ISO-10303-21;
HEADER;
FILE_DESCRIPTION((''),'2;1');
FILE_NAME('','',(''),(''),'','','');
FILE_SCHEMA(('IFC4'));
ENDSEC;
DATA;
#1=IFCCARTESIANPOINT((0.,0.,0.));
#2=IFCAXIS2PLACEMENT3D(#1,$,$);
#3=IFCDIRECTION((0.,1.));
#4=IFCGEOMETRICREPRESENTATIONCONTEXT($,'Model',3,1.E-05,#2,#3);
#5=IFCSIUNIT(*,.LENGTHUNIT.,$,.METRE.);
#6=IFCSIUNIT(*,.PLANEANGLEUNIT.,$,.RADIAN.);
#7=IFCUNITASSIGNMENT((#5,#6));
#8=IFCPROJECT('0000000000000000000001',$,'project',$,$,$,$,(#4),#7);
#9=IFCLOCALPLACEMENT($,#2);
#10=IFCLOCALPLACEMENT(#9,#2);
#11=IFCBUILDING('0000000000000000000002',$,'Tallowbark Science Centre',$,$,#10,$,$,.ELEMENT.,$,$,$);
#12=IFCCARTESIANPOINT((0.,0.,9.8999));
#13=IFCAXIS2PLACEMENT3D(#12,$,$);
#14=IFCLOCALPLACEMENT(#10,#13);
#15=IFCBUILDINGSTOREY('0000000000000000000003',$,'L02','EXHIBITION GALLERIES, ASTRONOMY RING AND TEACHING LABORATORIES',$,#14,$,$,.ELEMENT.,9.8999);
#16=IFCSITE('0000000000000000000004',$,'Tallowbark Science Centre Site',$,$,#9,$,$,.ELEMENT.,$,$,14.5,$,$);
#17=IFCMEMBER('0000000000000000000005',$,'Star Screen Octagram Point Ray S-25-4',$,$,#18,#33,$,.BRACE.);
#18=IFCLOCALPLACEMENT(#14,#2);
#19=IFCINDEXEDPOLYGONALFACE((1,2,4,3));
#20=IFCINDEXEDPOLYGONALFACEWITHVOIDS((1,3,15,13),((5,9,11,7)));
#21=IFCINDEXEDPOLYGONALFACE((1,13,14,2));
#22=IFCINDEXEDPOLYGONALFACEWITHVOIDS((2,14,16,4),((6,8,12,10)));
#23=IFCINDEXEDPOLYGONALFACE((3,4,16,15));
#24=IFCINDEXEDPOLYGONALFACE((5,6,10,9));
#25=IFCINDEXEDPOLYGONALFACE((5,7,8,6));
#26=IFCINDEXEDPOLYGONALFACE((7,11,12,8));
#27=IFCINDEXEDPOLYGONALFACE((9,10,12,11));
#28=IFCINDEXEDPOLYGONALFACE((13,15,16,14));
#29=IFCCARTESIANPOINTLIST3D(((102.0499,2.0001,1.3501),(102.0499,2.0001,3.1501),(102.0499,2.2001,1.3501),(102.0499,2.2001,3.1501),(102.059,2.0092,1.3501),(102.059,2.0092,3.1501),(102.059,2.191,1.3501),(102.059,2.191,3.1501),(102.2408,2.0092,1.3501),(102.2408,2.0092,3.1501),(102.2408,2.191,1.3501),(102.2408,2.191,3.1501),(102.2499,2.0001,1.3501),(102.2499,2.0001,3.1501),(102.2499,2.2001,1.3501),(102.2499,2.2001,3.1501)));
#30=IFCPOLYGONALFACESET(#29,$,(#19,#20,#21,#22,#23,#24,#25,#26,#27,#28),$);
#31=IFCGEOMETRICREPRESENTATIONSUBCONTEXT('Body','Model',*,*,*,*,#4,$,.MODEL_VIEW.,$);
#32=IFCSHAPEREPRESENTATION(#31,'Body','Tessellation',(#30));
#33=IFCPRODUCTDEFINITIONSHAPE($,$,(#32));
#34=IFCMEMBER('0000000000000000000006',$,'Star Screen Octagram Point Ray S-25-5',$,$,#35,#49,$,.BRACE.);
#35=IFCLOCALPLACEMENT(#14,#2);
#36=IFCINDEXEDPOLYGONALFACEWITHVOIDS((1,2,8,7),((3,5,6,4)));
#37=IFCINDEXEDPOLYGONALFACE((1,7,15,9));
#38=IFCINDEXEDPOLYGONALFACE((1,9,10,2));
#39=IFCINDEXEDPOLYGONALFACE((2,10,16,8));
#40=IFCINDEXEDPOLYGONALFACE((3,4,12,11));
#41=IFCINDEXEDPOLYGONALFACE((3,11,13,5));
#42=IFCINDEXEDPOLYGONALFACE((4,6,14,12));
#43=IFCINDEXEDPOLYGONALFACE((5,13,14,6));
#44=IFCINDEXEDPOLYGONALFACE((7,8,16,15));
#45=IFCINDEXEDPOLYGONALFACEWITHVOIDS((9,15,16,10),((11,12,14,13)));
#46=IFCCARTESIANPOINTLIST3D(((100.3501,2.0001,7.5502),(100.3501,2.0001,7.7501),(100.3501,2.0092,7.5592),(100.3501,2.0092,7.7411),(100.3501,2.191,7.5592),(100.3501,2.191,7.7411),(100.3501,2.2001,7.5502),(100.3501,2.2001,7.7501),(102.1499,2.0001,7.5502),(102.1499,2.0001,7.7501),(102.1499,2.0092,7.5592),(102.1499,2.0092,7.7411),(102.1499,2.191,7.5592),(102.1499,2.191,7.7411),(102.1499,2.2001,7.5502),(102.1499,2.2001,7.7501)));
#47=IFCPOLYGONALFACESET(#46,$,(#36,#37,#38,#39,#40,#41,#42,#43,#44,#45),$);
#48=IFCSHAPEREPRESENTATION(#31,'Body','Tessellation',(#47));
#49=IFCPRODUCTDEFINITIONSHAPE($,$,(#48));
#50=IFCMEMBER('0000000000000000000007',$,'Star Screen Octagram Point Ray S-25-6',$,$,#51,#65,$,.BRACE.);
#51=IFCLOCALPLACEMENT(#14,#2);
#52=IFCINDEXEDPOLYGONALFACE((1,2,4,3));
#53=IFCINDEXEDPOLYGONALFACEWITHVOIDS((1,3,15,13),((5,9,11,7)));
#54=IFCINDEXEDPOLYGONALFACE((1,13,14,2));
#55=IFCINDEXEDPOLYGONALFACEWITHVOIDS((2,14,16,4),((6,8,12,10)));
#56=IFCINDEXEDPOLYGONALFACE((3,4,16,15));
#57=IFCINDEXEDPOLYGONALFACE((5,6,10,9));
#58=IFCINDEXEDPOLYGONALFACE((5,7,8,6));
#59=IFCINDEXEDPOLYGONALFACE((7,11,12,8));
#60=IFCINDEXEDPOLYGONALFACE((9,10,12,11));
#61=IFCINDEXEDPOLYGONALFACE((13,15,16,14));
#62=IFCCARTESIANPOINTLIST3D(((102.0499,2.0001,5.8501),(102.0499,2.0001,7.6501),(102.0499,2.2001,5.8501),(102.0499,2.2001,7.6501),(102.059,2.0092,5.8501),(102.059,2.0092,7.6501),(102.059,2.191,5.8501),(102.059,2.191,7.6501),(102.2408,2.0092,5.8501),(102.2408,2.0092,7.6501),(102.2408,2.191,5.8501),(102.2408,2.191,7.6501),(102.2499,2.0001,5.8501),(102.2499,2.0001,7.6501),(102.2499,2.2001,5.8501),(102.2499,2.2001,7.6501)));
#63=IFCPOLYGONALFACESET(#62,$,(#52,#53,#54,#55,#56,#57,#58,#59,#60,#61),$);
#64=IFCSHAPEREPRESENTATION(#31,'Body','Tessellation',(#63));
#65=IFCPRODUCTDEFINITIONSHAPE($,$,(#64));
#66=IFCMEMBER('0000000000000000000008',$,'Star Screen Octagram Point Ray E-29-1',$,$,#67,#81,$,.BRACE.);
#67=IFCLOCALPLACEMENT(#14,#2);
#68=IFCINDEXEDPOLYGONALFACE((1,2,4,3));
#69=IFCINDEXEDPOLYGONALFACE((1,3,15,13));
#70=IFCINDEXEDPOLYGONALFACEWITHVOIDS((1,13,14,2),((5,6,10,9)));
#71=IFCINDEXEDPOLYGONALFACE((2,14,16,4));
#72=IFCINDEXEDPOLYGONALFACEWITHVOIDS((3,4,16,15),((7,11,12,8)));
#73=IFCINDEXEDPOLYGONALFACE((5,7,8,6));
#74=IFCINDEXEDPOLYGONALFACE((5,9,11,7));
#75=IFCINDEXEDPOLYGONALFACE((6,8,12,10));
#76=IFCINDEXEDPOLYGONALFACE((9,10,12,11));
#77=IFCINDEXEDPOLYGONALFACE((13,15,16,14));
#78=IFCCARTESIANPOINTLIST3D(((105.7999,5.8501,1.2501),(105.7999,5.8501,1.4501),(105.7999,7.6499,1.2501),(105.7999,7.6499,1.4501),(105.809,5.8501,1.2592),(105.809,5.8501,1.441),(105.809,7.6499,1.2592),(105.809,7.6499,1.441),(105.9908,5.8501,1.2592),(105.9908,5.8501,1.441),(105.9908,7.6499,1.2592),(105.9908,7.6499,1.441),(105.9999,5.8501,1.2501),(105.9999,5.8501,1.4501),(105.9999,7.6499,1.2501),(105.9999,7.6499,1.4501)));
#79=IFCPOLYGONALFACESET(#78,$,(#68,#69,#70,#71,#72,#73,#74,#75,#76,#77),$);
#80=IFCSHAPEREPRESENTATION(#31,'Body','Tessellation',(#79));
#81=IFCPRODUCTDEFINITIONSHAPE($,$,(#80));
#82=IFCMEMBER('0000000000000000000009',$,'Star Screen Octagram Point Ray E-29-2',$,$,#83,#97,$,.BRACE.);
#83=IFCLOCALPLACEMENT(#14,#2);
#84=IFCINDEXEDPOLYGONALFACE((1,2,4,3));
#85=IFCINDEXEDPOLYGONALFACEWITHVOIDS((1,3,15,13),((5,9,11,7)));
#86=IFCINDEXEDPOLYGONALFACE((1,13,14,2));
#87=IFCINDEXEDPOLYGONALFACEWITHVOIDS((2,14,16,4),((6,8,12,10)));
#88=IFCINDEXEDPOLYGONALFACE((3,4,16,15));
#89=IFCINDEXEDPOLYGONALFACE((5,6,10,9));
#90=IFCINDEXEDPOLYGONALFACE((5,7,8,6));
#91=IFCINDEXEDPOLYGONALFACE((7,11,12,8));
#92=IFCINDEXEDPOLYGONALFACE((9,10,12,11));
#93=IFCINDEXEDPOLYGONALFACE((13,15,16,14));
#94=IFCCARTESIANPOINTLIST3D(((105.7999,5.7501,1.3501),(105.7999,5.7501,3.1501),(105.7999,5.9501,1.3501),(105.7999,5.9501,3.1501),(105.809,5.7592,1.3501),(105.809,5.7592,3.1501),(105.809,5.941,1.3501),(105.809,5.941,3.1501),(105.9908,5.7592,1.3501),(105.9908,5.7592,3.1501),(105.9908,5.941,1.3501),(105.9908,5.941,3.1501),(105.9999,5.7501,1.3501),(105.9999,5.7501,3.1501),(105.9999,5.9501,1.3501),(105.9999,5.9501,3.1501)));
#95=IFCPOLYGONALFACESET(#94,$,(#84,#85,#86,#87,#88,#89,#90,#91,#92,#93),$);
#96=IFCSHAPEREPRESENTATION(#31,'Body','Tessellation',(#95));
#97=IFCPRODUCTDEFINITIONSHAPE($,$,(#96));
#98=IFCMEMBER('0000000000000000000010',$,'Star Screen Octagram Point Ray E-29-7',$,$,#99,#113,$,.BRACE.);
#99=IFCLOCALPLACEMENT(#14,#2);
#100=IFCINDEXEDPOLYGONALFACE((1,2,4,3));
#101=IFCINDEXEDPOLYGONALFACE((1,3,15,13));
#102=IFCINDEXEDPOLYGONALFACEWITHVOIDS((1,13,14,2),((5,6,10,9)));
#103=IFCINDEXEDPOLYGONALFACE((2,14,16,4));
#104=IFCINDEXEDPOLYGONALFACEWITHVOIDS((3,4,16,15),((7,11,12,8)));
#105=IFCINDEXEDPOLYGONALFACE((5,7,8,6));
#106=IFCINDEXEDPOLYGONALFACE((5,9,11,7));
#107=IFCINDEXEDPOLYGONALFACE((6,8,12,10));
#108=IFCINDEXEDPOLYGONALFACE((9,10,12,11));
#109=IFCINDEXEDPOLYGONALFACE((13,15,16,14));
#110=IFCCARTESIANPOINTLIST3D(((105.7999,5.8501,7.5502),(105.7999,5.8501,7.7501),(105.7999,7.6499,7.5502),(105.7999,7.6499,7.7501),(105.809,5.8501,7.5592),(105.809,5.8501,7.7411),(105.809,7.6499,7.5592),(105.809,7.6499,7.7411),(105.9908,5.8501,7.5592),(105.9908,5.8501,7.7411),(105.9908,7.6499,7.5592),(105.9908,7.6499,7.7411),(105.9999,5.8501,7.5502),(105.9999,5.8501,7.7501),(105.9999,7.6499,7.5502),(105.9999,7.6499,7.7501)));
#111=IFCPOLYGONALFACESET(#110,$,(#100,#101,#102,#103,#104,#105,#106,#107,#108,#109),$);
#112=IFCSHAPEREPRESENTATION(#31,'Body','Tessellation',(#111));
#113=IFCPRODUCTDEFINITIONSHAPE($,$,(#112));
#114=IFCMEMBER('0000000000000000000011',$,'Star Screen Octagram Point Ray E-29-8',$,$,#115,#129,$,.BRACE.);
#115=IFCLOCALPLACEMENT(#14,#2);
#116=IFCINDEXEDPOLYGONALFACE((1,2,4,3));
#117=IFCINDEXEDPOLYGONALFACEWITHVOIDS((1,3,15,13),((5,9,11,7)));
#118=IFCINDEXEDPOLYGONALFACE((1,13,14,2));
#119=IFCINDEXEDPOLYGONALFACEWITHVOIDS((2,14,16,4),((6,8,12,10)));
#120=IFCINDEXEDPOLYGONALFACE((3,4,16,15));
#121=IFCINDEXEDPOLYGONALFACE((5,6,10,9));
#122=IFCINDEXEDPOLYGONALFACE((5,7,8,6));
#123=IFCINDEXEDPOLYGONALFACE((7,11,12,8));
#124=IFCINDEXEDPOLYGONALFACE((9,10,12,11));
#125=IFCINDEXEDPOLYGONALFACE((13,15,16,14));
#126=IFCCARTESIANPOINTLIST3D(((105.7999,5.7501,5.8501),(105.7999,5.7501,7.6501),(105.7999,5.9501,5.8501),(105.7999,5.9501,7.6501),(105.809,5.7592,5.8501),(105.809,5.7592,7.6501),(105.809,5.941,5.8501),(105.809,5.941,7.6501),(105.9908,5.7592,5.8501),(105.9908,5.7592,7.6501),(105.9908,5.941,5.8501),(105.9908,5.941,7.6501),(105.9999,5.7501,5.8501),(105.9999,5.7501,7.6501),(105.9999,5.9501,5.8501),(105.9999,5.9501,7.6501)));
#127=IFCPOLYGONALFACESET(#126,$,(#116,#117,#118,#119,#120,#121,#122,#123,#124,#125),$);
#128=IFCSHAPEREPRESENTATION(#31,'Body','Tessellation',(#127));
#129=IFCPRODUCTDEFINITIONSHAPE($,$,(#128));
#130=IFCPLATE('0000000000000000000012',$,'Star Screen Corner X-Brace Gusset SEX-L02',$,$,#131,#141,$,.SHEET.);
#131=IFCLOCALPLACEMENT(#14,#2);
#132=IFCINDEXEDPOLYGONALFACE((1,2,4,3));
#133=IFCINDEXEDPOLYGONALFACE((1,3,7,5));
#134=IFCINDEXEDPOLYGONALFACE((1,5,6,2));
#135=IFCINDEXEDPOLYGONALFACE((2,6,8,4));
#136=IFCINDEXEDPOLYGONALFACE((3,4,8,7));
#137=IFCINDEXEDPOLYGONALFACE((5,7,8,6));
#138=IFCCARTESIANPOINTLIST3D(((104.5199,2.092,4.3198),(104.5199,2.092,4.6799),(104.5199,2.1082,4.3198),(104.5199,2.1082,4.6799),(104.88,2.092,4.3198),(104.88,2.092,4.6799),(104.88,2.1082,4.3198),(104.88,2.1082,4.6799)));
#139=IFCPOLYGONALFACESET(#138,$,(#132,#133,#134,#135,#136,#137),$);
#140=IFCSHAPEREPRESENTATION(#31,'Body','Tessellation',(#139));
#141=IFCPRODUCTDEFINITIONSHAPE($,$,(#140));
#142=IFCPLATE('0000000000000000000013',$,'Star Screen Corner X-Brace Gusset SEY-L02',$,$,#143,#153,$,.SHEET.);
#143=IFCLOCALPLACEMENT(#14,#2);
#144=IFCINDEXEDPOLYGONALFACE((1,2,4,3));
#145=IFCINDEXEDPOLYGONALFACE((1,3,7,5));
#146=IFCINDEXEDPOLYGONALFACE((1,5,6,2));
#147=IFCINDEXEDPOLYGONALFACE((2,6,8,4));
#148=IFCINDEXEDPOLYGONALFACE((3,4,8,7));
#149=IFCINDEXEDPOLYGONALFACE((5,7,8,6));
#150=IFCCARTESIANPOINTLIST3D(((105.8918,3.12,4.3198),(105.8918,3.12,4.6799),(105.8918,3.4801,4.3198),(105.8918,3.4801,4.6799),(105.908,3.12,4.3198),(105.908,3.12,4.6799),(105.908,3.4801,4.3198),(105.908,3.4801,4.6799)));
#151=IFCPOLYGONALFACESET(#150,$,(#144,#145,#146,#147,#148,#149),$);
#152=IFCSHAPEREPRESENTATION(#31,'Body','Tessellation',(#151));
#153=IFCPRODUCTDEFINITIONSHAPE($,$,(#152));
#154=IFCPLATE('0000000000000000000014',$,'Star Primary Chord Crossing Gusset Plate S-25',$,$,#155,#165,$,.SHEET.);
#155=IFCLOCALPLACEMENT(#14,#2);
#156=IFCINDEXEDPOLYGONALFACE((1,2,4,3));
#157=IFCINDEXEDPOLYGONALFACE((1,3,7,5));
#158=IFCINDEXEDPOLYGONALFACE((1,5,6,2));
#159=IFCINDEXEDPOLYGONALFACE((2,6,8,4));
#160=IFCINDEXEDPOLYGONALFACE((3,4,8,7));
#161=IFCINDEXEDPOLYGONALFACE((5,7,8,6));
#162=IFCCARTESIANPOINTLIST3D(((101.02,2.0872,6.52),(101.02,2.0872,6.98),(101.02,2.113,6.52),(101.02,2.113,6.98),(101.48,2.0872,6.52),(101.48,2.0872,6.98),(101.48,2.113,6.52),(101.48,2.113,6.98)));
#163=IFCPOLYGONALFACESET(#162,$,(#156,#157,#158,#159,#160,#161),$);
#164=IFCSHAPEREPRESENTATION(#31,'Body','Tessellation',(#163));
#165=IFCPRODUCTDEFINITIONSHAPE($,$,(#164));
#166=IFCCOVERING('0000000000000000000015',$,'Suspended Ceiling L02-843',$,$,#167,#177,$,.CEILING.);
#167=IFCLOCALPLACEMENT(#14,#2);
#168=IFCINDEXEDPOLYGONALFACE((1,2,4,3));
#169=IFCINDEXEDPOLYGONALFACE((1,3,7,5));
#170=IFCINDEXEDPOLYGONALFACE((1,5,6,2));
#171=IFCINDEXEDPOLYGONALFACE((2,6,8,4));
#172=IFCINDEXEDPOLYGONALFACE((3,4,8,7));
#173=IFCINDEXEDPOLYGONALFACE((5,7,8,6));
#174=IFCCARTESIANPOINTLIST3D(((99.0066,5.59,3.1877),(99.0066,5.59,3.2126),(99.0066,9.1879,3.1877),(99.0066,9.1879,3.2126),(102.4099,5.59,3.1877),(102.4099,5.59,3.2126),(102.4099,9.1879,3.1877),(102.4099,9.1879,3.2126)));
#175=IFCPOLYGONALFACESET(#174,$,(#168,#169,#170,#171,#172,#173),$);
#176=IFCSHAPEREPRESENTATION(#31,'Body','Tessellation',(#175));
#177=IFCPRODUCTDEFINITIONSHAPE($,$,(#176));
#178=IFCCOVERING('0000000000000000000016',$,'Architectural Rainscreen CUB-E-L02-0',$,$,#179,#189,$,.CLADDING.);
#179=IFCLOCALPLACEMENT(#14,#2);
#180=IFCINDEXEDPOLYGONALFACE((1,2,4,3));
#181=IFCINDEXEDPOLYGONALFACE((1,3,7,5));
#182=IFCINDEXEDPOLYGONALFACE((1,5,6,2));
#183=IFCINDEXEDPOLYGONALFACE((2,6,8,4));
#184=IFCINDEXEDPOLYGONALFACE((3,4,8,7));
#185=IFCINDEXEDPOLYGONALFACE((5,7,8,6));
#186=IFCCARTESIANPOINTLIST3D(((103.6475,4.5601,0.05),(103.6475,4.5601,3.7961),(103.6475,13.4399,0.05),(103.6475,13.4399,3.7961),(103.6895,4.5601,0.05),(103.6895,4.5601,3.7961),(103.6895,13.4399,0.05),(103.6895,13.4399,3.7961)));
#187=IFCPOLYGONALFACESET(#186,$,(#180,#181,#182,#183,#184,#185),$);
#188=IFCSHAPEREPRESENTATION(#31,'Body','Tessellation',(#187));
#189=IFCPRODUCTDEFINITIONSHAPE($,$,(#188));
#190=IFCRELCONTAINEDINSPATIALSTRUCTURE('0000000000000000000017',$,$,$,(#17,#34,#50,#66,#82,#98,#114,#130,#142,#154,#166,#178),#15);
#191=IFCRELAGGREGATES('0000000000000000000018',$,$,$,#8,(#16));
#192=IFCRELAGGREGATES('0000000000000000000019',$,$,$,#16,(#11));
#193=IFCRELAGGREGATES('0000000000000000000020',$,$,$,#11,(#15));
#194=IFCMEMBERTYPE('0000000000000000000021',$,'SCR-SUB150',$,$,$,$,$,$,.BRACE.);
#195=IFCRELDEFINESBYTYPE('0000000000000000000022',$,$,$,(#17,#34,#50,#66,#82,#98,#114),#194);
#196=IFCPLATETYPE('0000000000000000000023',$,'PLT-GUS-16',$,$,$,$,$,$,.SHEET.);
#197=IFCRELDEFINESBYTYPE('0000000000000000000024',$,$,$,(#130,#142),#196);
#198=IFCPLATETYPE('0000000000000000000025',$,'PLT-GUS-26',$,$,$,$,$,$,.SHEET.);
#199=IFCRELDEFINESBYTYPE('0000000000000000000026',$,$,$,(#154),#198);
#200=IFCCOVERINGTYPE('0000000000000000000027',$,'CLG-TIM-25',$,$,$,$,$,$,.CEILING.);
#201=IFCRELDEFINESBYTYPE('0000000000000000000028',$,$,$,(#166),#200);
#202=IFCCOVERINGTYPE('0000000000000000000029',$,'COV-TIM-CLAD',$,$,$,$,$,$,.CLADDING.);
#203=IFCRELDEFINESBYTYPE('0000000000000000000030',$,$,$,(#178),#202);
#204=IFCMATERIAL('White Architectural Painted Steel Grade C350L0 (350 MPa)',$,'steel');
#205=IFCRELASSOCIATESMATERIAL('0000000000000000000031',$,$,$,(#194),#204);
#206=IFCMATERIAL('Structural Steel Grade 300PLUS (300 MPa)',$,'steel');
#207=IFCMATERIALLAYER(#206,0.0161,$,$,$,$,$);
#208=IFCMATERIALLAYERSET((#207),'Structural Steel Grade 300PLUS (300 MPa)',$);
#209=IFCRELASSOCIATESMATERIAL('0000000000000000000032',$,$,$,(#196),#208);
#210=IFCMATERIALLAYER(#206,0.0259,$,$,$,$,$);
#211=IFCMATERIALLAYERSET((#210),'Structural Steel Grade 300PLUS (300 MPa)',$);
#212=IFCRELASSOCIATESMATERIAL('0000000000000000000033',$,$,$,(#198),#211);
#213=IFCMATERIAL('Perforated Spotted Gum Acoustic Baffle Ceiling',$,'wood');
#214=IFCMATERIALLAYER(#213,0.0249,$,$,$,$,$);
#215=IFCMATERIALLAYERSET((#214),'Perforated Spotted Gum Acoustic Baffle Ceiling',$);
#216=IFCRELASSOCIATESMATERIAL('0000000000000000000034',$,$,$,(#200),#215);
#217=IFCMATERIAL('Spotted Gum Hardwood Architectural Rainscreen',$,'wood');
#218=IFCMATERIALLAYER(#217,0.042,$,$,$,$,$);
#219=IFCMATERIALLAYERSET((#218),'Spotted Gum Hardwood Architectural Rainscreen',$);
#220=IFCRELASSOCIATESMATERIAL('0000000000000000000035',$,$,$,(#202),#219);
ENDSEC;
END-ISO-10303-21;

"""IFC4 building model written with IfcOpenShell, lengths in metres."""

from ifc_helpers import new_model, si_unit, direction, frame, origin, origin_2d, place, context, subcontext, project, spatial, rectangle, hollow_rectangle, extrude, material, layer, layer_set, material_profile, profile_set, type_object, element, save


model = new_model("IFC4")

# Units and contexts
model_context = context("Model", 3, precision=1e-05, world=origin(), true_north=direction((0.0, 1.0)))
body_context = subcontext(model_context, "Body", "Model", "MODEL_VIEW")
ifc_project = project(units=[si_unit("LENGTHUNIT", "METRE"), si_unit("PLANEANGLEUNIT", "RADIAN")], contexts=[model_context])

# Site, building, storey
site_placement = place(None, origin())
site = spatial("IfcSite", under=ifc_project, at=site_placement, Name="Tallowbark Science Centre Site", CompositionType="ELEMENT", RefElevation=14.5)
building_placement = place(site_placement, origin())
building = spatial("IfcBuilding", under=site, at=building_placement, Name="Tallowbark Science Centre", CompositionType="ELEMENT")
storey_placement = place(building_placement, frame((0.0, 0.0, 9.8999)))
storey = spatial("IfcBuildingStorey", under=building, at=storey_placement, Name="L02", Description="EXHIBITION GALLERIES, ASTRONOMY RING AND TEACHING LABORATORIES", CompositionType="ELEMENT", Elevation=9.8999)

# Members
ifc_material_1 = material(Name="White Architectural Painted Steel Grade C350L0 (350 MPa)", Category="steel")
ifc_material_profile_1 = material_profile(ifc_material_1, hollow_rectangle(XDim=0.2, YDim=0.2, WallThickness=0.009, at=origin_2d()), Name="200x200x9.0SHS")
ifc_profile_set_1 = profile_set([ifc_material_profile_1], Name="White Architectural Painted Steel Grade C350L0 (350 MPa)")
member_type_1 = type_object("IfcMemberType", Name="SCR-SUB150", PredefinedType="BRACE", material=ifc_profile_set_1)
member_1_placement = place(storey_placement, frame((102.1499, 2.1001, 1.3501), z_axis=(0.0, 0.0, 1.0), x_axis=(1.0, 0.0, 0.0)))
element("IfcMember", 1, at=member_1_placement, inside=storey, type_object=member_type_1, Name="Star Screen Octagram Point Ray S-25-4", PredefinedType="BRACE", context=body_context, shape_type="SweptSolid", body=[
    extrude(hollow_rectangle(XDim=0.2, YDim=0.2, WallThickness=0.009, at=origin_2d()), origin(), (0.0, 0.0, 1.0), 1.8),
])
member_2_placement = place(storey_placement, frame((102.1499, 2.1001, 7.6501), z_axis=(-1.0, 0.0, 0.0), x_axis=(0.0, -1.0, 0.0)))
element("IfcMember", 2, at=member_2_placement, inside=storey, type_object=member_type_1, Name="Star Screen Octagram Point Ray S-25-5", PredefinedType="BRACE", context=body_context, shape_type="SweptSolid", body=[
    extrude(hollow_rectangle(XDim=0.2, YDim=0.2, WallThickness=0.009, at=origin_2d()), origin(), (0.0, 0.0, 1.0), 1.7998),
])
member_3_placement = place(storey_placement, frame((102.1499, 2.1001, 7.6501), z_axis=(0.0, 0.0, -1.0), x_axis=(1.0, 0.0, 0.0)))
element("IfcMember", 3, at=member_3_placement, inside=storey, type_object=member_type_1, Name="Star Screen Octagram Point Ray S-25-6", PredefinedType="BRACE", context=body_context, shape_type="SweptSolid", body=[
    extrude(hollow_rectangle(XDim=0.2, YDim=0.2, WallThickness=0.009, at=origin_2d()), origin(), (0.0, 0.0, 1.0), 1.8),
])
member_4_placement = place(storey_placement, frame((105.8999, 5.8501, 1.3501), z_axis=(0.0, 1.0, 0.0), x_axis=(-1.0, 0.0, 0.0)))
element("IfcMember", 4, at=member_4_placement, inside=storey, type_object=member_type_1, Name="Star Screen Octagram Point Ray E-29-1", PredefinedType="BRACE", context=body_context, shape_type="SweptSolid", body=[
    extrude(hollow_rectangle(XDim=0.2, YDim=0.2, WallThickness=0.009, at=origin_2d()), origin(), (0.0, 0.0, 1.0), 1.7998),
])
member_5_placement = place(storey_placement, frame((105.8999, 5.8501, 1.3501), z_axis=(0.0, 0.0, 1.0), x_axis=(1.0, 0.0, 0.0)))
element("IfcMember", 5, at=member_5_placement, inside=storey, type_object=member_type_1, Name="Star Screen Octagram Point Ray E-29-2", PredefinedType="BRACE", context=body_context, shape_type="SweptSolid", body=[
    extrude(hollow_rectangle(XDim=0.2, YDim=0.2, WallThickness=0.009, at=origin_2d()), origin(), (0.0, 0.0, 1.0), 1.8),
])
member_6_placement = place(storey_placement, frame((105.8999, 5.8501, 7.6501), z_axis=(0.0, 1.0, 0.0), x_axis=(-1.0, 0.0, 0.0)))
element("IfcMember", 6, at=member_6_placement, inside=storey, type_object=member_type_1, Name="Star Screen Octagram Point Ray E-29-7", PredefinedType="BRACE", context=body_context, shape_type="SweptSolid", body=[
    extrude(hollow_rectangle(XDim=0.2, YDim=0.2, WallThickness=0.009, at=origin_2d()), origin(), (0.0, 0.0, 1.0), 1.7998),
])
member_7_placement = place(storey_placement, frame((105.8999, 5.8501, 7.6501), z_axis=(0.0, 0.0, -1.0), x_axis=(1.0, 0.0, 0.0)))
element("IfcMember", 7, at=member_7_placement, inside=storey, type_object=member_type_1, Name="Star Screen Octagram Point Ray E-29-8", PredefinedType="BRACE", context=body_context, shape_type="SweptSolid", body=[
    extrude(hollow_rectangle(XDim=0.2, YDim=0.2, WallThickness=0.009, at=origin_2d()), origin(), (0.0, 0.0, 1.0), 1.8),
])

# Plates
ifc_material_2 = material(Name="Structural Steel Grade 300PLUS (300 MPa)", Category="steel")
ifc_layer_1 = layer(ifc_material_2, 0.0161)
ifc_layer_set_1 = layer_set([ifc_layer_1], Name="Structural Steel Grade 300PLUS (300 MPa)")
plate_type_1 = type_object("IfcPlateType", Name="PLT-GUS-16", PredefinedType="SHEET", material=ifc_layer_set_1)
for number, where, z_axis, x_axis, name in (
    (8, (104.7, 2.1001, 4.3198), (0.0, 0.0, 1.0), (1.0, 0.0, 0.0), "Star Screen Corner X-Brace Gusset SEX-L02"),
    (9, (105.8999, 3.3, 4.3198), (0.0, 0.0, 1.0), (0.0, 1.0, 0.0), "Star Screen Corner X-Brace Gusset SEY-L02"),
):
    element("IfcPlate", number, at=place(storey_placement, frame(where, z_axis=z_axis, x_axis=x_axis)), inside=storey, type_object=plate_type_1, Name=name, PredefinedType="SHEET", context=body_context, shape_type="SweptSolid", body=[
        extrude(rectangle(XDim=0.3601, YDim=0.0161, at=origin_2d()), origin(), (0.0, 0.0, 1.0), 0.3601),
    ])
ifc_layer_2 = layer(ifc_material_2, 0.0259)
ifc_layer_set_2 = layer_set([ifc_layer_2], Name="Structural Steel Grade 300PLUS (300 MPa)")
plate_type_2 = type_object("IfcPlateType", Name="PLT-GUS-26", PredefinedType="SHEET", material=ifc_layer_set_2)
plate_placement = place(storey_placement, frame((101.25, 2.1001, 6.52), z_axis=(0.0, 0.0, 1.0), x_axis=(1.0, 0.0, 0.0)))
element("IfcPlate", 10, at=plate_placement, inside=storey, type_object=plate_type_2, Name="Star Primary Chord Crossing Gusset Plate S-25", PredefinedType="SHEET", context=body_context, shape_type="SweptSolid", body=[
    extrude(rectangle(XDim=0.46, YDim=0.0259, at=origin_2d()), origin(), (0.0, 0.0, 1.0), 0.46),
])

# Coverings
ifc_material_3 = material(Name="Perforated Spotted Gum Acoustic Baffle Ceiling", Category="wood")
ifc_layer_3 = layer(ifc_material_3, 0.0249)
ifc_layer_set_3 = layer_set([ifc_layer_3], Name="Perforated Spotted Gum Acoustic Baffle Ceiling")
covering_type_1 = type_object("IfcCoveringType", Name="CLG-TIM-25", PredefinedType="CEILING", material=ifc_layer_set_3)
covering_1_placement = place(storey_placement, frame((100.7083, 7.3889, 3.1877), z_axis=(0.0, 0.0, 1.0), x_axis=(1.0, 0.0, 0.0)))
element("IfcCovering", 11, at=covering_1_placement, inside=storey, type_object=covering_type_1, Name="Suspended Ceiling L02-843", PredefinedType="CEILING", context=body_context, shape_type="SweptSolid", body=[
    extrude(rectangle(XDim=3.4033, YDim=3.5979, at=origin_2d()), origin(), (0.0, 0.0, 1.0), 0.0249),
])
ifc_material_4 = material(Name="Spotted Gum Hardwood Architectural Rainscreen", Category="wood")
ifc_layer_4 = layer(ifc_material_4, 0.042)
ifc_layer_set_4 = layer_set([ifc_layer_4], Name="Spotted Gum Hardwood Architectural Rainscreen")
covering_type_2 = type_object("IfcCoveringType", Name="COV-TIM-CLAD", PredefinedType="CLADDING", material=ifc_layer_set_4)
covering_2_placement = place(storey_placement, frame((103.6685, 9.0, 0.05), z_axis=(0.0, 0.0, 1.0), x_axis=(0.0, 1.0, 0.0)))
element("IfcCovering", 12, at=covering_2_placement, inside=storey, type_object=covering_type_2, Name="Architectural Rainscreen CUB-E-L02-0", PredefinedType="CLADDING", context=body_context, shape_type="SweptSolid", body=[
    extrude(rectangle(XDim=8.8799, YDim=0.042, at=origin_2d()), origin(), (0.0, 0.0, 1.0), 3.7461),
])

save(model, "model.ifc")
